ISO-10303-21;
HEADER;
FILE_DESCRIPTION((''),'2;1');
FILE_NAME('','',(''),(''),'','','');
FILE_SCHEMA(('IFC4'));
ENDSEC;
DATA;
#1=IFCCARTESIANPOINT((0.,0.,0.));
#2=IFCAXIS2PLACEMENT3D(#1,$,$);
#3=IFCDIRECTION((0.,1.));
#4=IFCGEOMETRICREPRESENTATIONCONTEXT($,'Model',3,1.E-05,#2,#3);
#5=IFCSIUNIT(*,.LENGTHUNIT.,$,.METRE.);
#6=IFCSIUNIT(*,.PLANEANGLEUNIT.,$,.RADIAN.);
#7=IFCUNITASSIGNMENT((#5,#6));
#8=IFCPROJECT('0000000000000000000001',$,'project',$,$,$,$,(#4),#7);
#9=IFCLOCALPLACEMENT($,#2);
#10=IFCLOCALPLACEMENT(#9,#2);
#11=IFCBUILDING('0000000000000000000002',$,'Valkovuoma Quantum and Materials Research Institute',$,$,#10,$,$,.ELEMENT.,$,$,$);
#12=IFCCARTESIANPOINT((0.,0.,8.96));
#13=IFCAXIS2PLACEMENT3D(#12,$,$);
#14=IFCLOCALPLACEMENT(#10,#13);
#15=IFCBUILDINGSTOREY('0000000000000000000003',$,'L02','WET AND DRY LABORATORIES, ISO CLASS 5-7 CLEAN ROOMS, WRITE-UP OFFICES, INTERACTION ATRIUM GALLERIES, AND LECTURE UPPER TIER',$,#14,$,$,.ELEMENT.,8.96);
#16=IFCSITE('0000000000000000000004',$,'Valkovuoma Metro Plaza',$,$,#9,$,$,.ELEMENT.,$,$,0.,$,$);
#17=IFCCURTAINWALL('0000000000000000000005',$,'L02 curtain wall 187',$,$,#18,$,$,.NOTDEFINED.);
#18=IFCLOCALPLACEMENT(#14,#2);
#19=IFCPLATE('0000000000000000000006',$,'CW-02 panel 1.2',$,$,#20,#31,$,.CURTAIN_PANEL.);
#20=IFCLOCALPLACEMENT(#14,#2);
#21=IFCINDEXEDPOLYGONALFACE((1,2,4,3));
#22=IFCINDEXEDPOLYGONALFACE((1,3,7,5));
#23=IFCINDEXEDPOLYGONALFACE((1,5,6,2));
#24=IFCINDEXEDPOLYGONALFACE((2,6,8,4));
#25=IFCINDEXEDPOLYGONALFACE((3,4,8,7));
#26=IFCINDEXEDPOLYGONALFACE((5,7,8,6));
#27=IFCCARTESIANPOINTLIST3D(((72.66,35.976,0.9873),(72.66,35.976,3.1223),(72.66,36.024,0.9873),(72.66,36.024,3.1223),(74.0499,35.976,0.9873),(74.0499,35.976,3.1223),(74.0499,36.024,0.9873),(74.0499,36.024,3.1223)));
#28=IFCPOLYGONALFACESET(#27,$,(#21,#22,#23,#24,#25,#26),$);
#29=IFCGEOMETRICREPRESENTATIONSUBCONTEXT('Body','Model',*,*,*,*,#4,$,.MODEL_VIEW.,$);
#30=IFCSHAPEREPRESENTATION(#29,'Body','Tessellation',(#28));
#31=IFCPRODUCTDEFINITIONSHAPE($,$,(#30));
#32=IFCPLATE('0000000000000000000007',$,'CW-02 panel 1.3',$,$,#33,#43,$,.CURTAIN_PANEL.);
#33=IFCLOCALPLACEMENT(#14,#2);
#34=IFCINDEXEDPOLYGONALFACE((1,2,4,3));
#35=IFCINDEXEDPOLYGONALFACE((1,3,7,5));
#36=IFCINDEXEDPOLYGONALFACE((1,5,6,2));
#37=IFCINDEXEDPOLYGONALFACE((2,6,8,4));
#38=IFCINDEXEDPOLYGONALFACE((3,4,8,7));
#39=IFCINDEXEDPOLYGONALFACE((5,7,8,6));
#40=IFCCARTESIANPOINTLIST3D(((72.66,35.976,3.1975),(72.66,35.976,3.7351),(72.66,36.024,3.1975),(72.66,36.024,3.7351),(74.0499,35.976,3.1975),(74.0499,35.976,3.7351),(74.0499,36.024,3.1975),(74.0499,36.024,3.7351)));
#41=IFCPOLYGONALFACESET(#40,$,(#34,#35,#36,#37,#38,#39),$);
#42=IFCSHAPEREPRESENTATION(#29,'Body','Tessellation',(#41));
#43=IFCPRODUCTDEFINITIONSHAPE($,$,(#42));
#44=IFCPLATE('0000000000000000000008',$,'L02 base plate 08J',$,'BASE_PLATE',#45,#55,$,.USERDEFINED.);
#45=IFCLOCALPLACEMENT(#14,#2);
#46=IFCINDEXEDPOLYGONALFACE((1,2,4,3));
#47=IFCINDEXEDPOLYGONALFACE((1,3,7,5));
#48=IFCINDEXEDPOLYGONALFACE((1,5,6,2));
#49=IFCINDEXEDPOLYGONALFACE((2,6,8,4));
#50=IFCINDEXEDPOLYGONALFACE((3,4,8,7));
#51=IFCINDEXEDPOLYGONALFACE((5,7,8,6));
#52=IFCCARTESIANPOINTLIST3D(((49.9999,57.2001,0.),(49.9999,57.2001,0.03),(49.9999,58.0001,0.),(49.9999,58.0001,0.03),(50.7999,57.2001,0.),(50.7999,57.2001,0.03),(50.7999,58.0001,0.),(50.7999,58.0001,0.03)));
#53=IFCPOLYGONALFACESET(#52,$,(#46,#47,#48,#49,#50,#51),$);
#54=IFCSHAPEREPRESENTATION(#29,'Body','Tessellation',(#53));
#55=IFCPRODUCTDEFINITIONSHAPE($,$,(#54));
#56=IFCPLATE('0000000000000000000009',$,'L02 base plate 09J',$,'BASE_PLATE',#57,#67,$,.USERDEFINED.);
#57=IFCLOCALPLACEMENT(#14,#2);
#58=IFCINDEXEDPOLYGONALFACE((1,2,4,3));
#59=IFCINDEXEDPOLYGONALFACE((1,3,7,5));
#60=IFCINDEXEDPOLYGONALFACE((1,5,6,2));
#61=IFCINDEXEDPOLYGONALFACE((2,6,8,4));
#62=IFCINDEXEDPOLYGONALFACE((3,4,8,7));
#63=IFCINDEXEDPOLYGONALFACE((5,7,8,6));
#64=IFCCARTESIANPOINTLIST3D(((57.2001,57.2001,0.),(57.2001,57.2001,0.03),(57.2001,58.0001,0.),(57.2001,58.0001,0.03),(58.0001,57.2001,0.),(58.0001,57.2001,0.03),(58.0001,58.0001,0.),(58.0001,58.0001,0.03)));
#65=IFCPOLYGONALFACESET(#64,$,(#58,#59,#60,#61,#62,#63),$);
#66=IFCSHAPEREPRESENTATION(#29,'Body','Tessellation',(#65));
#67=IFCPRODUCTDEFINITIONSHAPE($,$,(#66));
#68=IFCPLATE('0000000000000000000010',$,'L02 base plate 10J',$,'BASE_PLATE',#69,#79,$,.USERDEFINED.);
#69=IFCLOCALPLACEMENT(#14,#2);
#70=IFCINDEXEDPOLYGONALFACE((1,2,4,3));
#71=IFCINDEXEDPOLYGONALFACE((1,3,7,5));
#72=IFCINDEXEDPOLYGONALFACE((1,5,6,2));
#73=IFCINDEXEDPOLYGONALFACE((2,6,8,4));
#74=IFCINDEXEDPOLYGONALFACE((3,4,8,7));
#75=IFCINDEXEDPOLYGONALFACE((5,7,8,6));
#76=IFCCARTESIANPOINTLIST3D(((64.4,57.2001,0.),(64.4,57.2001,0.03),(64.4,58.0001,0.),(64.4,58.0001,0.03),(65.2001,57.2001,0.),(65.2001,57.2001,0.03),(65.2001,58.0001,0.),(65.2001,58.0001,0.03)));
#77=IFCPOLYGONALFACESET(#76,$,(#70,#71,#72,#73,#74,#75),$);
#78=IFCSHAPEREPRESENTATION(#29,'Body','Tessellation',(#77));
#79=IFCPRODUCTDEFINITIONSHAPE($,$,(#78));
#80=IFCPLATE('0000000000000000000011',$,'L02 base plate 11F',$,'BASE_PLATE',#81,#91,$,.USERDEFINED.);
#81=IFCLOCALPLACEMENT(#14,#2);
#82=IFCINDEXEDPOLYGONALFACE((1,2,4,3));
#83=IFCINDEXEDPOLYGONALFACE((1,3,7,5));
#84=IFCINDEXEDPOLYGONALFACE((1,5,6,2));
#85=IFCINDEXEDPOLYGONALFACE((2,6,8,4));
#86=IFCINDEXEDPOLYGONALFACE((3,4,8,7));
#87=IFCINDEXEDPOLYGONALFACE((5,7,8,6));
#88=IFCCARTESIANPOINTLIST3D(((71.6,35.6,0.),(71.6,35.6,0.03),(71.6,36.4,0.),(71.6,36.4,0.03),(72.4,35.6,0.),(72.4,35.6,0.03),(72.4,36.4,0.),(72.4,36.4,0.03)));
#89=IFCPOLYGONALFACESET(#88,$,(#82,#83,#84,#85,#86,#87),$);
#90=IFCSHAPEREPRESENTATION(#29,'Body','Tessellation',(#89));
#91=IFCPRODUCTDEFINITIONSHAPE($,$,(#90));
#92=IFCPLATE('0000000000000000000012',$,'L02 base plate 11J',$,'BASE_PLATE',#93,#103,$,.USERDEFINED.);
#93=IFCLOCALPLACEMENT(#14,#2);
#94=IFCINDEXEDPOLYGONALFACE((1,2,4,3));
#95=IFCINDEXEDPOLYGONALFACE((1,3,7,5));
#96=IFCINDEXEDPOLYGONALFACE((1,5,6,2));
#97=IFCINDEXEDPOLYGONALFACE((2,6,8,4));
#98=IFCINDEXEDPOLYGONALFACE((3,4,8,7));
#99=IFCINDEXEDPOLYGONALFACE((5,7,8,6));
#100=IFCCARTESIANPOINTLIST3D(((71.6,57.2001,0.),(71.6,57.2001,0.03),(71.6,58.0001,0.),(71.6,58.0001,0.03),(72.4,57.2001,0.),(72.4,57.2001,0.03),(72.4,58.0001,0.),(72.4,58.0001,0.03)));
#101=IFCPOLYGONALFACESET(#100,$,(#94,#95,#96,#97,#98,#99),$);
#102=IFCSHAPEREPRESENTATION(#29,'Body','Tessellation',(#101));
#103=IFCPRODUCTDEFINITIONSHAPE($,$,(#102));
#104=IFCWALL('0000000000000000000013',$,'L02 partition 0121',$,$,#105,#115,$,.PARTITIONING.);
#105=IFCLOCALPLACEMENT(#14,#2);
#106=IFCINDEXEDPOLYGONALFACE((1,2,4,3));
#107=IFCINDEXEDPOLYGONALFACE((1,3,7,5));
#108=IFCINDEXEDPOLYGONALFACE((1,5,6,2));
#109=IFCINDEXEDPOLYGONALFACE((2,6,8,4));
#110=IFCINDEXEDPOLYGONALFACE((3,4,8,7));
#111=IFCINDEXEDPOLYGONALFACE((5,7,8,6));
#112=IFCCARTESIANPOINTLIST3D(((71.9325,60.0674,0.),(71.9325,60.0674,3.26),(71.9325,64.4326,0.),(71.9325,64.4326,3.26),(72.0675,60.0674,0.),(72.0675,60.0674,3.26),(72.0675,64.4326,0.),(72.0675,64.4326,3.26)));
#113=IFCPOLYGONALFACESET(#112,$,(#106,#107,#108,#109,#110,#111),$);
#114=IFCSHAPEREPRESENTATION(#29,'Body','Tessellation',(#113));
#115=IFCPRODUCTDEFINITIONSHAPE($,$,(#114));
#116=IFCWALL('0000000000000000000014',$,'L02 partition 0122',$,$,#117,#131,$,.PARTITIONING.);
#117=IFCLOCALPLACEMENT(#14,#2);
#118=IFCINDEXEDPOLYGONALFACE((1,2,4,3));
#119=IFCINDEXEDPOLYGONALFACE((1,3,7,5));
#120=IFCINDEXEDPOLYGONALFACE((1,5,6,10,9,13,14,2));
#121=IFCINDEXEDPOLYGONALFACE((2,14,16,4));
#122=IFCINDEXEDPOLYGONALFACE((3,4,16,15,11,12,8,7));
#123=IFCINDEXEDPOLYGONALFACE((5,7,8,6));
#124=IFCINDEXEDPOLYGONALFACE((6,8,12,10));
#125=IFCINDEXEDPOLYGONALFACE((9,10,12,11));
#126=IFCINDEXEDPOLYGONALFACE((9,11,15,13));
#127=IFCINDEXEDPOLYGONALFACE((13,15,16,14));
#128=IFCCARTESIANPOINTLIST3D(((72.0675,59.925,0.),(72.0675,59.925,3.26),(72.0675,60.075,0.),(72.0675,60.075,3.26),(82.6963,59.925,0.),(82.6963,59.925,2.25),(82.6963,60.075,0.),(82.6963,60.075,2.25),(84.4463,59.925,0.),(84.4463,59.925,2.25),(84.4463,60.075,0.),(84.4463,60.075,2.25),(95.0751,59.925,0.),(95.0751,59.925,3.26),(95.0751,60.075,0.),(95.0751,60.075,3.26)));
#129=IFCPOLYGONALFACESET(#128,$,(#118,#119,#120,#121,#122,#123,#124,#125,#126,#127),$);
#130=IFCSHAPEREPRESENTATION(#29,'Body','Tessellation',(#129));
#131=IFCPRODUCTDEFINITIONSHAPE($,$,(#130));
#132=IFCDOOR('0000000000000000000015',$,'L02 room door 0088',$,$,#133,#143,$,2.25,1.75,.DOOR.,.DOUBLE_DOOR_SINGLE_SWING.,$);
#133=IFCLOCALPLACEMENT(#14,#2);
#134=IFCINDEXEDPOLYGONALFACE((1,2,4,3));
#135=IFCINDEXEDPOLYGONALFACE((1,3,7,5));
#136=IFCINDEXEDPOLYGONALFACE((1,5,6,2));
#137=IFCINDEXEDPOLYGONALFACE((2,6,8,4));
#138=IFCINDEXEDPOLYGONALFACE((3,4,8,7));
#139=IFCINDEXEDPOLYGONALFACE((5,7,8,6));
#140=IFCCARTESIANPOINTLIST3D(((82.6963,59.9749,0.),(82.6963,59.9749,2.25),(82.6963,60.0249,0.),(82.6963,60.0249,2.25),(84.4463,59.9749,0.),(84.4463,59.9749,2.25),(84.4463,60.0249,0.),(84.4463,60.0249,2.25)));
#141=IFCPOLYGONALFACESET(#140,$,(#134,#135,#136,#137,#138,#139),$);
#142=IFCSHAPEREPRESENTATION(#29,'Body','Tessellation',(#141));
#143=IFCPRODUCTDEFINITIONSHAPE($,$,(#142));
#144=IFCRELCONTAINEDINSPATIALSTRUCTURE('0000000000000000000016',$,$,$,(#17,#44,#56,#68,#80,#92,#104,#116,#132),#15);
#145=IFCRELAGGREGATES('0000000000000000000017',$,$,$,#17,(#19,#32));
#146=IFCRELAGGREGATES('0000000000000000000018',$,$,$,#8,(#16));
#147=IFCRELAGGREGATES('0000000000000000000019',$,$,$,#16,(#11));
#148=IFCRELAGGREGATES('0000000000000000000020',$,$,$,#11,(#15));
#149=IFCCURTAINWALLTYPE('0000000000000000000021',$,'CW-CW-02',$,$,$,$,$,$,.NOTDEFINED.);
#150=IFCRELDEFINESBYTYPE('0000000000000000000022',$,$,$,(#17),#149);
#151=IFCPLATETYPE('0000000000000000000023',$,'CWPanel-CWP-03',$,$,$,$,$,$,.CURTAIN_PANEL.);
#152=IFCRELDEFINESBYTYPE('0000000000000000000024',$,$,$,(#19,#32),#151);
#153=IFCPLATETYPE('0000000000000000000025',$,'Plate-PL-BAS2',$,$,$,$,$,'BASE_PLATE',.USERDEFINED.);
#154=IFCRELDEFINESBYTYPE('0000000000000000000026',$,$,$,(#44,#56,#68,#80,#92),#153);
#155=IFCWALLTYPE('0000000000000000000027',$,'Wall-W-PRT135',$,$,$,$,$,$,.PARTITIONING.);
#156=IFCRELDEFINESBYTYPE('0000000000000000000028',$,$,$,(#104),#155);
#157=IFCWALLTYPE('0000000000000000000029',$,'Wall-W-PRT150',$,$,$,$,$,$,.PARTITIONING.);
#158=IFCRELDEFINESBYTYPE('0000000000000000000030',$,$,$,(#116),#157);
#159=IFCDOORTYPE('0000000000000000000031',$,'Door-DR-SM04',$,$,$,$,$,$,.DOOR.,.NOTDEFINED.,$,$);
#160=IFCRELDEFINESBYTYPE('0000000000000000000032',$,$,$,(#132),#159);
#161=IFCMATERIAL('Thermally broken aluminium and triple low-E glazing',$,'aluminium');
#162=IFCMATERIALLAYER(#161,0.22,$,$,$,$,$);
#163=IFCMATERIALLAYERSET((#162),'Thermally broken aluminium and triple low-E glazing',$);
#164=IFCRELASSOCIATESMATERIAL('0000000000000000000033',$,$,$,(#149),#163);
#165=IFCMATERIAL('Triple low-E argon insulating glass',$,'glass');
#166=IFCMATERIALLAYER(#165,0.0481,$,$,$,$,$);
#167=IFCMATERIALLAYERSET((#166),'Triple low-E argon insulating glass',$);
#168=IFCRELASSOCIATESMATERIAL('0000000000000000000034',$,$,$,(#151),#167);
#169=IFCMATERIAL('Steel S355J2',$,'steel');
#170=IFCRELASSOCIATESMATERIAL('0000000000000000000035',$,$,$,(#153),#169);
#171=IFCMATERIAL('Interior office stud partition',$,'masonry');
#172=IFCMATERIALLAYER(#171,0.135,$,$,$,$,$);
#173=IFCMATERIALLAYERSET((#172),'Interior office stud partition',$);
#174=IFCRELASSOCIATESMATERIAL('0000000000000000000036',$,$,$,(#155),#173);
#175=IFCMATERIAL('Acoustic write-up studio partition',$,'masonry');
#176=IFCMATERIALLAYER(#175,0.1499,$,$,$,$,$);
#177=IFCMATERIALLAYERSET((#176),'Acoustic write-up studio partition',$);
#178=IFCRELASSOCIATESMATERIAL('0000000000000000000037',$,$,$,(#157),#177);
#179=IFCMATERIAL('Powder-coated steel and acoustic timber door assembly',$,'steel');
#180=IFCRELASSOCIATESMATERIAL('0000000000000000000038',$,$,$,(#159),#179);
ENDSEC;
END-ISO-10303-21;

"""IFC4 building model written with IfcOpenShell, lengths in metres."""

from ifc_helpers import new_model, si_unit, direction, frame, frame_2d, origin, origin_2d, place, context, subcontext, project, spatial, rectangle, extrude, material, layer, layer_set, type_object, element, fill, aggregate, save


model = new_model("IFC4")

# Units and contexts
model_context = context("Model", 3, precision=1e-05, world=origin(), true_north=direction((0.0, 1.0)))
body_context = subcontext(model_context, "Body", "Model", "MODEL_VIEW")
ifc_project = project(units=[si_unit("LENGTHUNIT", "METRE"), si_unit("PLANEANGLEUNIT", "RADIAN")], contexts=[model_context])

# Site, building, storey
site_placement = place(None, origin())
site = spatial("IfcSite", under=ifc_project, at=site_placement, Name="Valkovuoma Metro Plaza", CompositionType="ELEMENT", RefElevation=0.0)
building_placement = place(site_placement, origin())
building = spatial("IfcBuilding", under=site, at=building_placement, Name="Valkovuoma Quantum and Materials Research Institute", CompositionType="ELEMENT")
storey_placement = place(building_placement, frame((0.0, 0.0, 8.96)))
storey = spatial("IfcBuildingStorey", under=building, at=storey_placement, Name="L02", Description="WET AND DRY LABORATORIES, ISO CLASS 5-7 CLEAN ROOMS, WRITE-UP OFFICES, INTERACTION ATRIUM GALLERIES, AND LECTURE UPPER TIER", CompositionType="ELEMENT", Elevation=8.96)

# Shared definitions
ifc_material_1 = material(Name="Thermally broken aluminium and triple low-E glazing", Category="aluminium")
ifc_layer_1 = layer(ifc_material_1, 0.22)
ifc_layer_set_1 = layer_set([ifc_layer_1], Name="Thermally broken aluminium and triple low-E glazing")
curtain_wall_type = type_object("IfcCurtainWallType", Name="CW-CW-02", PredefinedType="NOTDEFINED", material=ifc_layer_set_1)

# Curtain wall
curtain_wall_1_placement = place(storey_placement, origin())
curtain_wall_1 = element("IfcCurtainWall", 1, at=curtain_wall_1_placement, inside=storey, type_object=curtain_wall_type, Name="L02 curtain wall 187", PredefinedType="NOTDEFINED")

# Plates
ifc_material_2 = material(Name="Triple low-E argon insulating glass", Category="glass")
ifc_layer_2 = layer(ifc_material_2, 0.0481)
ifc_layer_set_2 = layer_set([ifc_layer_2], Name="Triple low-E argon insulating glass")
plate_type_1 = type_object("IfcPlateType", Name="CWPanel-CWP-03", PredefinedType="CURTAIN_PANEL", material=ifc_layer_set_2)
plate_1_placement = place(storey_placement, frame((73.355, 36.0, 0.9873), z_axis=(0.0, 0.0, 1.0), x_axis=(1.0, 0.0, 0.0)))
plate_1 = element("IfcPlate", 2, at=plate_1_placement, type_object=plate_type_1, Name="CW-02 panel 1.2", PredefinedType="CURTAIN_PANEL", context=body_context, shape_type="SweptSolid", body=[
    extrude(rectangle(XDim=1.3899, YDim=0.0481, at=origin_2d()), origin(), (0.0, 0.0, 1.0), 2.135),
])
plate_2_placement = place(storey_placement, frame((73.355, 36.0, 3.1975), z_axis=(0.0, 0.0, 1.0), x_axis=(1.0, 0.0, 0.0)))
plate_2 = element("IfcPlate", 3, at=plate_2_placement, type_object=plate_type_1, Name="CW-02 panel 1.3", PredefinedType="CURTAIN_PANEL", context=body_context, shape_type="SweptSolid", body=[
    extrude(rectangle(XDim=1.3899, YDim=0.0481, at=origin_2d()), origin(), (0.0, 0.0, 1.0), 0.5376),
])
aggregate(curtain_wall_1, [plate_1, plate_2])

# Plates
ifc_material_3 = material(Name="Steel S355J2", Category="steel")
plate_type_2 = type_object("IfcPlateType", Name="Plate-PL-BAS2", ElementType="BASE_PLATE", PredefinedType="USERDEFINED", material=ifc_material_3)
for number, where, z_axis, x_axis, name in (
    (4, (50.3999, 57.6001, 0.0), (0.0, 0.0, 1.0), (1.0, 0.0, 0.0), "L02 base plate 08J"),
    (5, (57.6001, 57.6001, 0.0), (0.0, 0.0, 1.0), (1.0, 0.0, 0.0), "L02 base plate 09J"),
    (6, (64.8, 57.6001, 0.0), (0.0, 0.0, 1.0), (1.0, 0.0, 0.0), "L02 base plate 10J"),
    (7, (72.0, 36.0, 0.0), (0.0, 0.0, 1.0), (1.0, 0.0, 0.0), "L02 base plate 11F"),
    (8, (72.0, 57.6001, 0.0), (0.0, 0.0, 1.0), (1.0, 0.0, 0.0), "L02 base plate 11J"),
):
    element("IfcPlate", number, at=place(storey_placement, frame(where, z_axis=z_axis, x_axis=x_axis)), inside=storey, type_object=plate_type_2, Name=name, ObjectType="BASE_PLATE", PredefinedType="USERDEFINED", context=body_context, shape_type="SweptSolid", body=[
        extrude(rectangle(XDim=0.8, YDim=0.8, at=origin_2d()), origin(), (0.0, 0.0, 1.0), 0.03),
    ])

# Wall
ifc_material_4 = material(Name="Interior office stud partition", Category="masonry")
ifc_layer_3 = layer(ifc_material_4, 0.135)
ifc_layer_set_3 = layer_set([ifc_layer_3], Name="Interior office stud partition")
wall_type_1 = type_object("IfcWallType", Name="Wall-W-PRT135", PredefinedType="PARTITIONING", material=ifc_layer_set_3)
wall_1_placement = place(storey_placement, frame((72.0, 60.0674, 0.0), z_axis=(0.0, 0.0, 1.0), x_axis=(0.0, 1.0, 0.0)))
element("IfcWall", 9, at=wall_1_placement, inside=storey, type_object=wall_type_1, Name="L02 partition 0121", PredefinedType="PARTITIONING", context=body_context, shape_type="SweptSolid", body=[
    extrude(rectangle(XDim=4.3652, YDim=0.135, at=frame_2d((2.1826, 0.0))), origin(), (0.0, 0.0, 1.0), 3.26),
])

# Wall, opening, door
ifc_material_5 = material(Name="Acoustic write-up studio partition", Category="masonry")
ifc_layer_4 = layer(ifc_material_5, 0.1499)
ifc_layer_set_4 = layer_set([ifc_layer_4], Name="Acoustic write-up studio partition")
wall_type_2 = type_object("IfcWallType", Name="Wall-W-PRT150", PredefinedType="PARTITIONING", material=ifc_layer_set_4)
wall_2_placement = place(storey_placement, frame((72.0674, 60.0, 0.0), z_axis=(0.0, 0.0, 1.0), x_axis=(1.0, 0.0, 0.0)))
wall_2 = element("IfcWall", 10, at=wall_2_placement, inside=storey, type_object=wall_type_2, Name="L02 partition 0122", PredefinedType="PARTITIONING", context=body_context, shape_type="SweptSolid", body=[
    extrude(rectangle(XDim=23.0076, YDim=0.1499, at=frame_2d((11.5039, 0.0))), origin(), (0.0, 0.0, 1.0), 3.26),
])
opening_placement = place(wall_2_placement, frame((10.6289, 0.0, 0.0)))
opening = element("IfcOpeningElement", 11, at=opening_placement, cuts=wall_2, PredefinedType="OPENING", context=body_context, shape_type="SweptSolid", body=[
    extrude(rectangle(XDim=1.75, YDim=2.25, at=frame_2d((0.875, 1.125))), frame((0.0, 0.085, 0.0), z_axis=(0.0, -1.0, 0.0), x_axis=(1.0, 0.0, 0.0)), (0.0, 0.0, 1.0), 0.1699),
])
ifc_material_6 = material(Name="Powder-coated steel and acoustic timber door assembly", Category="steel")
door_type = type_object("IfcDoorType", Name="Door-DR-SM04", OperationType="NOTDEFINED", PredefinedType="DOOR", material=ifc_material_6)
door_placement = place(opening_placement, origin())
door = element("IfcDoor", 12, at=door_placement, inside=storey, type_object=door_type, Name="L02 room door 0088", OperationType="DOUBLE_DOOR_SINGLE_SWING", OverallHeight=2.25, OverallWidth=1.75, PredefinedType="DOOR", context=body_context, shape_type="SweptSolid", body=[
    extrude(rectangle(XDim=1.75, YDim=2.25, at=frame_2d((0.875, 1.125))), frame((0.0, 0.0249, 0.0), z_axis=(0.0, -1.0, 0.0), x_axis=(1.0, 0.0, 0.0)), (0.0, 0.0, 1.0), 0.05),
])
fill(opening, door)

save(model, "model.ifc")
